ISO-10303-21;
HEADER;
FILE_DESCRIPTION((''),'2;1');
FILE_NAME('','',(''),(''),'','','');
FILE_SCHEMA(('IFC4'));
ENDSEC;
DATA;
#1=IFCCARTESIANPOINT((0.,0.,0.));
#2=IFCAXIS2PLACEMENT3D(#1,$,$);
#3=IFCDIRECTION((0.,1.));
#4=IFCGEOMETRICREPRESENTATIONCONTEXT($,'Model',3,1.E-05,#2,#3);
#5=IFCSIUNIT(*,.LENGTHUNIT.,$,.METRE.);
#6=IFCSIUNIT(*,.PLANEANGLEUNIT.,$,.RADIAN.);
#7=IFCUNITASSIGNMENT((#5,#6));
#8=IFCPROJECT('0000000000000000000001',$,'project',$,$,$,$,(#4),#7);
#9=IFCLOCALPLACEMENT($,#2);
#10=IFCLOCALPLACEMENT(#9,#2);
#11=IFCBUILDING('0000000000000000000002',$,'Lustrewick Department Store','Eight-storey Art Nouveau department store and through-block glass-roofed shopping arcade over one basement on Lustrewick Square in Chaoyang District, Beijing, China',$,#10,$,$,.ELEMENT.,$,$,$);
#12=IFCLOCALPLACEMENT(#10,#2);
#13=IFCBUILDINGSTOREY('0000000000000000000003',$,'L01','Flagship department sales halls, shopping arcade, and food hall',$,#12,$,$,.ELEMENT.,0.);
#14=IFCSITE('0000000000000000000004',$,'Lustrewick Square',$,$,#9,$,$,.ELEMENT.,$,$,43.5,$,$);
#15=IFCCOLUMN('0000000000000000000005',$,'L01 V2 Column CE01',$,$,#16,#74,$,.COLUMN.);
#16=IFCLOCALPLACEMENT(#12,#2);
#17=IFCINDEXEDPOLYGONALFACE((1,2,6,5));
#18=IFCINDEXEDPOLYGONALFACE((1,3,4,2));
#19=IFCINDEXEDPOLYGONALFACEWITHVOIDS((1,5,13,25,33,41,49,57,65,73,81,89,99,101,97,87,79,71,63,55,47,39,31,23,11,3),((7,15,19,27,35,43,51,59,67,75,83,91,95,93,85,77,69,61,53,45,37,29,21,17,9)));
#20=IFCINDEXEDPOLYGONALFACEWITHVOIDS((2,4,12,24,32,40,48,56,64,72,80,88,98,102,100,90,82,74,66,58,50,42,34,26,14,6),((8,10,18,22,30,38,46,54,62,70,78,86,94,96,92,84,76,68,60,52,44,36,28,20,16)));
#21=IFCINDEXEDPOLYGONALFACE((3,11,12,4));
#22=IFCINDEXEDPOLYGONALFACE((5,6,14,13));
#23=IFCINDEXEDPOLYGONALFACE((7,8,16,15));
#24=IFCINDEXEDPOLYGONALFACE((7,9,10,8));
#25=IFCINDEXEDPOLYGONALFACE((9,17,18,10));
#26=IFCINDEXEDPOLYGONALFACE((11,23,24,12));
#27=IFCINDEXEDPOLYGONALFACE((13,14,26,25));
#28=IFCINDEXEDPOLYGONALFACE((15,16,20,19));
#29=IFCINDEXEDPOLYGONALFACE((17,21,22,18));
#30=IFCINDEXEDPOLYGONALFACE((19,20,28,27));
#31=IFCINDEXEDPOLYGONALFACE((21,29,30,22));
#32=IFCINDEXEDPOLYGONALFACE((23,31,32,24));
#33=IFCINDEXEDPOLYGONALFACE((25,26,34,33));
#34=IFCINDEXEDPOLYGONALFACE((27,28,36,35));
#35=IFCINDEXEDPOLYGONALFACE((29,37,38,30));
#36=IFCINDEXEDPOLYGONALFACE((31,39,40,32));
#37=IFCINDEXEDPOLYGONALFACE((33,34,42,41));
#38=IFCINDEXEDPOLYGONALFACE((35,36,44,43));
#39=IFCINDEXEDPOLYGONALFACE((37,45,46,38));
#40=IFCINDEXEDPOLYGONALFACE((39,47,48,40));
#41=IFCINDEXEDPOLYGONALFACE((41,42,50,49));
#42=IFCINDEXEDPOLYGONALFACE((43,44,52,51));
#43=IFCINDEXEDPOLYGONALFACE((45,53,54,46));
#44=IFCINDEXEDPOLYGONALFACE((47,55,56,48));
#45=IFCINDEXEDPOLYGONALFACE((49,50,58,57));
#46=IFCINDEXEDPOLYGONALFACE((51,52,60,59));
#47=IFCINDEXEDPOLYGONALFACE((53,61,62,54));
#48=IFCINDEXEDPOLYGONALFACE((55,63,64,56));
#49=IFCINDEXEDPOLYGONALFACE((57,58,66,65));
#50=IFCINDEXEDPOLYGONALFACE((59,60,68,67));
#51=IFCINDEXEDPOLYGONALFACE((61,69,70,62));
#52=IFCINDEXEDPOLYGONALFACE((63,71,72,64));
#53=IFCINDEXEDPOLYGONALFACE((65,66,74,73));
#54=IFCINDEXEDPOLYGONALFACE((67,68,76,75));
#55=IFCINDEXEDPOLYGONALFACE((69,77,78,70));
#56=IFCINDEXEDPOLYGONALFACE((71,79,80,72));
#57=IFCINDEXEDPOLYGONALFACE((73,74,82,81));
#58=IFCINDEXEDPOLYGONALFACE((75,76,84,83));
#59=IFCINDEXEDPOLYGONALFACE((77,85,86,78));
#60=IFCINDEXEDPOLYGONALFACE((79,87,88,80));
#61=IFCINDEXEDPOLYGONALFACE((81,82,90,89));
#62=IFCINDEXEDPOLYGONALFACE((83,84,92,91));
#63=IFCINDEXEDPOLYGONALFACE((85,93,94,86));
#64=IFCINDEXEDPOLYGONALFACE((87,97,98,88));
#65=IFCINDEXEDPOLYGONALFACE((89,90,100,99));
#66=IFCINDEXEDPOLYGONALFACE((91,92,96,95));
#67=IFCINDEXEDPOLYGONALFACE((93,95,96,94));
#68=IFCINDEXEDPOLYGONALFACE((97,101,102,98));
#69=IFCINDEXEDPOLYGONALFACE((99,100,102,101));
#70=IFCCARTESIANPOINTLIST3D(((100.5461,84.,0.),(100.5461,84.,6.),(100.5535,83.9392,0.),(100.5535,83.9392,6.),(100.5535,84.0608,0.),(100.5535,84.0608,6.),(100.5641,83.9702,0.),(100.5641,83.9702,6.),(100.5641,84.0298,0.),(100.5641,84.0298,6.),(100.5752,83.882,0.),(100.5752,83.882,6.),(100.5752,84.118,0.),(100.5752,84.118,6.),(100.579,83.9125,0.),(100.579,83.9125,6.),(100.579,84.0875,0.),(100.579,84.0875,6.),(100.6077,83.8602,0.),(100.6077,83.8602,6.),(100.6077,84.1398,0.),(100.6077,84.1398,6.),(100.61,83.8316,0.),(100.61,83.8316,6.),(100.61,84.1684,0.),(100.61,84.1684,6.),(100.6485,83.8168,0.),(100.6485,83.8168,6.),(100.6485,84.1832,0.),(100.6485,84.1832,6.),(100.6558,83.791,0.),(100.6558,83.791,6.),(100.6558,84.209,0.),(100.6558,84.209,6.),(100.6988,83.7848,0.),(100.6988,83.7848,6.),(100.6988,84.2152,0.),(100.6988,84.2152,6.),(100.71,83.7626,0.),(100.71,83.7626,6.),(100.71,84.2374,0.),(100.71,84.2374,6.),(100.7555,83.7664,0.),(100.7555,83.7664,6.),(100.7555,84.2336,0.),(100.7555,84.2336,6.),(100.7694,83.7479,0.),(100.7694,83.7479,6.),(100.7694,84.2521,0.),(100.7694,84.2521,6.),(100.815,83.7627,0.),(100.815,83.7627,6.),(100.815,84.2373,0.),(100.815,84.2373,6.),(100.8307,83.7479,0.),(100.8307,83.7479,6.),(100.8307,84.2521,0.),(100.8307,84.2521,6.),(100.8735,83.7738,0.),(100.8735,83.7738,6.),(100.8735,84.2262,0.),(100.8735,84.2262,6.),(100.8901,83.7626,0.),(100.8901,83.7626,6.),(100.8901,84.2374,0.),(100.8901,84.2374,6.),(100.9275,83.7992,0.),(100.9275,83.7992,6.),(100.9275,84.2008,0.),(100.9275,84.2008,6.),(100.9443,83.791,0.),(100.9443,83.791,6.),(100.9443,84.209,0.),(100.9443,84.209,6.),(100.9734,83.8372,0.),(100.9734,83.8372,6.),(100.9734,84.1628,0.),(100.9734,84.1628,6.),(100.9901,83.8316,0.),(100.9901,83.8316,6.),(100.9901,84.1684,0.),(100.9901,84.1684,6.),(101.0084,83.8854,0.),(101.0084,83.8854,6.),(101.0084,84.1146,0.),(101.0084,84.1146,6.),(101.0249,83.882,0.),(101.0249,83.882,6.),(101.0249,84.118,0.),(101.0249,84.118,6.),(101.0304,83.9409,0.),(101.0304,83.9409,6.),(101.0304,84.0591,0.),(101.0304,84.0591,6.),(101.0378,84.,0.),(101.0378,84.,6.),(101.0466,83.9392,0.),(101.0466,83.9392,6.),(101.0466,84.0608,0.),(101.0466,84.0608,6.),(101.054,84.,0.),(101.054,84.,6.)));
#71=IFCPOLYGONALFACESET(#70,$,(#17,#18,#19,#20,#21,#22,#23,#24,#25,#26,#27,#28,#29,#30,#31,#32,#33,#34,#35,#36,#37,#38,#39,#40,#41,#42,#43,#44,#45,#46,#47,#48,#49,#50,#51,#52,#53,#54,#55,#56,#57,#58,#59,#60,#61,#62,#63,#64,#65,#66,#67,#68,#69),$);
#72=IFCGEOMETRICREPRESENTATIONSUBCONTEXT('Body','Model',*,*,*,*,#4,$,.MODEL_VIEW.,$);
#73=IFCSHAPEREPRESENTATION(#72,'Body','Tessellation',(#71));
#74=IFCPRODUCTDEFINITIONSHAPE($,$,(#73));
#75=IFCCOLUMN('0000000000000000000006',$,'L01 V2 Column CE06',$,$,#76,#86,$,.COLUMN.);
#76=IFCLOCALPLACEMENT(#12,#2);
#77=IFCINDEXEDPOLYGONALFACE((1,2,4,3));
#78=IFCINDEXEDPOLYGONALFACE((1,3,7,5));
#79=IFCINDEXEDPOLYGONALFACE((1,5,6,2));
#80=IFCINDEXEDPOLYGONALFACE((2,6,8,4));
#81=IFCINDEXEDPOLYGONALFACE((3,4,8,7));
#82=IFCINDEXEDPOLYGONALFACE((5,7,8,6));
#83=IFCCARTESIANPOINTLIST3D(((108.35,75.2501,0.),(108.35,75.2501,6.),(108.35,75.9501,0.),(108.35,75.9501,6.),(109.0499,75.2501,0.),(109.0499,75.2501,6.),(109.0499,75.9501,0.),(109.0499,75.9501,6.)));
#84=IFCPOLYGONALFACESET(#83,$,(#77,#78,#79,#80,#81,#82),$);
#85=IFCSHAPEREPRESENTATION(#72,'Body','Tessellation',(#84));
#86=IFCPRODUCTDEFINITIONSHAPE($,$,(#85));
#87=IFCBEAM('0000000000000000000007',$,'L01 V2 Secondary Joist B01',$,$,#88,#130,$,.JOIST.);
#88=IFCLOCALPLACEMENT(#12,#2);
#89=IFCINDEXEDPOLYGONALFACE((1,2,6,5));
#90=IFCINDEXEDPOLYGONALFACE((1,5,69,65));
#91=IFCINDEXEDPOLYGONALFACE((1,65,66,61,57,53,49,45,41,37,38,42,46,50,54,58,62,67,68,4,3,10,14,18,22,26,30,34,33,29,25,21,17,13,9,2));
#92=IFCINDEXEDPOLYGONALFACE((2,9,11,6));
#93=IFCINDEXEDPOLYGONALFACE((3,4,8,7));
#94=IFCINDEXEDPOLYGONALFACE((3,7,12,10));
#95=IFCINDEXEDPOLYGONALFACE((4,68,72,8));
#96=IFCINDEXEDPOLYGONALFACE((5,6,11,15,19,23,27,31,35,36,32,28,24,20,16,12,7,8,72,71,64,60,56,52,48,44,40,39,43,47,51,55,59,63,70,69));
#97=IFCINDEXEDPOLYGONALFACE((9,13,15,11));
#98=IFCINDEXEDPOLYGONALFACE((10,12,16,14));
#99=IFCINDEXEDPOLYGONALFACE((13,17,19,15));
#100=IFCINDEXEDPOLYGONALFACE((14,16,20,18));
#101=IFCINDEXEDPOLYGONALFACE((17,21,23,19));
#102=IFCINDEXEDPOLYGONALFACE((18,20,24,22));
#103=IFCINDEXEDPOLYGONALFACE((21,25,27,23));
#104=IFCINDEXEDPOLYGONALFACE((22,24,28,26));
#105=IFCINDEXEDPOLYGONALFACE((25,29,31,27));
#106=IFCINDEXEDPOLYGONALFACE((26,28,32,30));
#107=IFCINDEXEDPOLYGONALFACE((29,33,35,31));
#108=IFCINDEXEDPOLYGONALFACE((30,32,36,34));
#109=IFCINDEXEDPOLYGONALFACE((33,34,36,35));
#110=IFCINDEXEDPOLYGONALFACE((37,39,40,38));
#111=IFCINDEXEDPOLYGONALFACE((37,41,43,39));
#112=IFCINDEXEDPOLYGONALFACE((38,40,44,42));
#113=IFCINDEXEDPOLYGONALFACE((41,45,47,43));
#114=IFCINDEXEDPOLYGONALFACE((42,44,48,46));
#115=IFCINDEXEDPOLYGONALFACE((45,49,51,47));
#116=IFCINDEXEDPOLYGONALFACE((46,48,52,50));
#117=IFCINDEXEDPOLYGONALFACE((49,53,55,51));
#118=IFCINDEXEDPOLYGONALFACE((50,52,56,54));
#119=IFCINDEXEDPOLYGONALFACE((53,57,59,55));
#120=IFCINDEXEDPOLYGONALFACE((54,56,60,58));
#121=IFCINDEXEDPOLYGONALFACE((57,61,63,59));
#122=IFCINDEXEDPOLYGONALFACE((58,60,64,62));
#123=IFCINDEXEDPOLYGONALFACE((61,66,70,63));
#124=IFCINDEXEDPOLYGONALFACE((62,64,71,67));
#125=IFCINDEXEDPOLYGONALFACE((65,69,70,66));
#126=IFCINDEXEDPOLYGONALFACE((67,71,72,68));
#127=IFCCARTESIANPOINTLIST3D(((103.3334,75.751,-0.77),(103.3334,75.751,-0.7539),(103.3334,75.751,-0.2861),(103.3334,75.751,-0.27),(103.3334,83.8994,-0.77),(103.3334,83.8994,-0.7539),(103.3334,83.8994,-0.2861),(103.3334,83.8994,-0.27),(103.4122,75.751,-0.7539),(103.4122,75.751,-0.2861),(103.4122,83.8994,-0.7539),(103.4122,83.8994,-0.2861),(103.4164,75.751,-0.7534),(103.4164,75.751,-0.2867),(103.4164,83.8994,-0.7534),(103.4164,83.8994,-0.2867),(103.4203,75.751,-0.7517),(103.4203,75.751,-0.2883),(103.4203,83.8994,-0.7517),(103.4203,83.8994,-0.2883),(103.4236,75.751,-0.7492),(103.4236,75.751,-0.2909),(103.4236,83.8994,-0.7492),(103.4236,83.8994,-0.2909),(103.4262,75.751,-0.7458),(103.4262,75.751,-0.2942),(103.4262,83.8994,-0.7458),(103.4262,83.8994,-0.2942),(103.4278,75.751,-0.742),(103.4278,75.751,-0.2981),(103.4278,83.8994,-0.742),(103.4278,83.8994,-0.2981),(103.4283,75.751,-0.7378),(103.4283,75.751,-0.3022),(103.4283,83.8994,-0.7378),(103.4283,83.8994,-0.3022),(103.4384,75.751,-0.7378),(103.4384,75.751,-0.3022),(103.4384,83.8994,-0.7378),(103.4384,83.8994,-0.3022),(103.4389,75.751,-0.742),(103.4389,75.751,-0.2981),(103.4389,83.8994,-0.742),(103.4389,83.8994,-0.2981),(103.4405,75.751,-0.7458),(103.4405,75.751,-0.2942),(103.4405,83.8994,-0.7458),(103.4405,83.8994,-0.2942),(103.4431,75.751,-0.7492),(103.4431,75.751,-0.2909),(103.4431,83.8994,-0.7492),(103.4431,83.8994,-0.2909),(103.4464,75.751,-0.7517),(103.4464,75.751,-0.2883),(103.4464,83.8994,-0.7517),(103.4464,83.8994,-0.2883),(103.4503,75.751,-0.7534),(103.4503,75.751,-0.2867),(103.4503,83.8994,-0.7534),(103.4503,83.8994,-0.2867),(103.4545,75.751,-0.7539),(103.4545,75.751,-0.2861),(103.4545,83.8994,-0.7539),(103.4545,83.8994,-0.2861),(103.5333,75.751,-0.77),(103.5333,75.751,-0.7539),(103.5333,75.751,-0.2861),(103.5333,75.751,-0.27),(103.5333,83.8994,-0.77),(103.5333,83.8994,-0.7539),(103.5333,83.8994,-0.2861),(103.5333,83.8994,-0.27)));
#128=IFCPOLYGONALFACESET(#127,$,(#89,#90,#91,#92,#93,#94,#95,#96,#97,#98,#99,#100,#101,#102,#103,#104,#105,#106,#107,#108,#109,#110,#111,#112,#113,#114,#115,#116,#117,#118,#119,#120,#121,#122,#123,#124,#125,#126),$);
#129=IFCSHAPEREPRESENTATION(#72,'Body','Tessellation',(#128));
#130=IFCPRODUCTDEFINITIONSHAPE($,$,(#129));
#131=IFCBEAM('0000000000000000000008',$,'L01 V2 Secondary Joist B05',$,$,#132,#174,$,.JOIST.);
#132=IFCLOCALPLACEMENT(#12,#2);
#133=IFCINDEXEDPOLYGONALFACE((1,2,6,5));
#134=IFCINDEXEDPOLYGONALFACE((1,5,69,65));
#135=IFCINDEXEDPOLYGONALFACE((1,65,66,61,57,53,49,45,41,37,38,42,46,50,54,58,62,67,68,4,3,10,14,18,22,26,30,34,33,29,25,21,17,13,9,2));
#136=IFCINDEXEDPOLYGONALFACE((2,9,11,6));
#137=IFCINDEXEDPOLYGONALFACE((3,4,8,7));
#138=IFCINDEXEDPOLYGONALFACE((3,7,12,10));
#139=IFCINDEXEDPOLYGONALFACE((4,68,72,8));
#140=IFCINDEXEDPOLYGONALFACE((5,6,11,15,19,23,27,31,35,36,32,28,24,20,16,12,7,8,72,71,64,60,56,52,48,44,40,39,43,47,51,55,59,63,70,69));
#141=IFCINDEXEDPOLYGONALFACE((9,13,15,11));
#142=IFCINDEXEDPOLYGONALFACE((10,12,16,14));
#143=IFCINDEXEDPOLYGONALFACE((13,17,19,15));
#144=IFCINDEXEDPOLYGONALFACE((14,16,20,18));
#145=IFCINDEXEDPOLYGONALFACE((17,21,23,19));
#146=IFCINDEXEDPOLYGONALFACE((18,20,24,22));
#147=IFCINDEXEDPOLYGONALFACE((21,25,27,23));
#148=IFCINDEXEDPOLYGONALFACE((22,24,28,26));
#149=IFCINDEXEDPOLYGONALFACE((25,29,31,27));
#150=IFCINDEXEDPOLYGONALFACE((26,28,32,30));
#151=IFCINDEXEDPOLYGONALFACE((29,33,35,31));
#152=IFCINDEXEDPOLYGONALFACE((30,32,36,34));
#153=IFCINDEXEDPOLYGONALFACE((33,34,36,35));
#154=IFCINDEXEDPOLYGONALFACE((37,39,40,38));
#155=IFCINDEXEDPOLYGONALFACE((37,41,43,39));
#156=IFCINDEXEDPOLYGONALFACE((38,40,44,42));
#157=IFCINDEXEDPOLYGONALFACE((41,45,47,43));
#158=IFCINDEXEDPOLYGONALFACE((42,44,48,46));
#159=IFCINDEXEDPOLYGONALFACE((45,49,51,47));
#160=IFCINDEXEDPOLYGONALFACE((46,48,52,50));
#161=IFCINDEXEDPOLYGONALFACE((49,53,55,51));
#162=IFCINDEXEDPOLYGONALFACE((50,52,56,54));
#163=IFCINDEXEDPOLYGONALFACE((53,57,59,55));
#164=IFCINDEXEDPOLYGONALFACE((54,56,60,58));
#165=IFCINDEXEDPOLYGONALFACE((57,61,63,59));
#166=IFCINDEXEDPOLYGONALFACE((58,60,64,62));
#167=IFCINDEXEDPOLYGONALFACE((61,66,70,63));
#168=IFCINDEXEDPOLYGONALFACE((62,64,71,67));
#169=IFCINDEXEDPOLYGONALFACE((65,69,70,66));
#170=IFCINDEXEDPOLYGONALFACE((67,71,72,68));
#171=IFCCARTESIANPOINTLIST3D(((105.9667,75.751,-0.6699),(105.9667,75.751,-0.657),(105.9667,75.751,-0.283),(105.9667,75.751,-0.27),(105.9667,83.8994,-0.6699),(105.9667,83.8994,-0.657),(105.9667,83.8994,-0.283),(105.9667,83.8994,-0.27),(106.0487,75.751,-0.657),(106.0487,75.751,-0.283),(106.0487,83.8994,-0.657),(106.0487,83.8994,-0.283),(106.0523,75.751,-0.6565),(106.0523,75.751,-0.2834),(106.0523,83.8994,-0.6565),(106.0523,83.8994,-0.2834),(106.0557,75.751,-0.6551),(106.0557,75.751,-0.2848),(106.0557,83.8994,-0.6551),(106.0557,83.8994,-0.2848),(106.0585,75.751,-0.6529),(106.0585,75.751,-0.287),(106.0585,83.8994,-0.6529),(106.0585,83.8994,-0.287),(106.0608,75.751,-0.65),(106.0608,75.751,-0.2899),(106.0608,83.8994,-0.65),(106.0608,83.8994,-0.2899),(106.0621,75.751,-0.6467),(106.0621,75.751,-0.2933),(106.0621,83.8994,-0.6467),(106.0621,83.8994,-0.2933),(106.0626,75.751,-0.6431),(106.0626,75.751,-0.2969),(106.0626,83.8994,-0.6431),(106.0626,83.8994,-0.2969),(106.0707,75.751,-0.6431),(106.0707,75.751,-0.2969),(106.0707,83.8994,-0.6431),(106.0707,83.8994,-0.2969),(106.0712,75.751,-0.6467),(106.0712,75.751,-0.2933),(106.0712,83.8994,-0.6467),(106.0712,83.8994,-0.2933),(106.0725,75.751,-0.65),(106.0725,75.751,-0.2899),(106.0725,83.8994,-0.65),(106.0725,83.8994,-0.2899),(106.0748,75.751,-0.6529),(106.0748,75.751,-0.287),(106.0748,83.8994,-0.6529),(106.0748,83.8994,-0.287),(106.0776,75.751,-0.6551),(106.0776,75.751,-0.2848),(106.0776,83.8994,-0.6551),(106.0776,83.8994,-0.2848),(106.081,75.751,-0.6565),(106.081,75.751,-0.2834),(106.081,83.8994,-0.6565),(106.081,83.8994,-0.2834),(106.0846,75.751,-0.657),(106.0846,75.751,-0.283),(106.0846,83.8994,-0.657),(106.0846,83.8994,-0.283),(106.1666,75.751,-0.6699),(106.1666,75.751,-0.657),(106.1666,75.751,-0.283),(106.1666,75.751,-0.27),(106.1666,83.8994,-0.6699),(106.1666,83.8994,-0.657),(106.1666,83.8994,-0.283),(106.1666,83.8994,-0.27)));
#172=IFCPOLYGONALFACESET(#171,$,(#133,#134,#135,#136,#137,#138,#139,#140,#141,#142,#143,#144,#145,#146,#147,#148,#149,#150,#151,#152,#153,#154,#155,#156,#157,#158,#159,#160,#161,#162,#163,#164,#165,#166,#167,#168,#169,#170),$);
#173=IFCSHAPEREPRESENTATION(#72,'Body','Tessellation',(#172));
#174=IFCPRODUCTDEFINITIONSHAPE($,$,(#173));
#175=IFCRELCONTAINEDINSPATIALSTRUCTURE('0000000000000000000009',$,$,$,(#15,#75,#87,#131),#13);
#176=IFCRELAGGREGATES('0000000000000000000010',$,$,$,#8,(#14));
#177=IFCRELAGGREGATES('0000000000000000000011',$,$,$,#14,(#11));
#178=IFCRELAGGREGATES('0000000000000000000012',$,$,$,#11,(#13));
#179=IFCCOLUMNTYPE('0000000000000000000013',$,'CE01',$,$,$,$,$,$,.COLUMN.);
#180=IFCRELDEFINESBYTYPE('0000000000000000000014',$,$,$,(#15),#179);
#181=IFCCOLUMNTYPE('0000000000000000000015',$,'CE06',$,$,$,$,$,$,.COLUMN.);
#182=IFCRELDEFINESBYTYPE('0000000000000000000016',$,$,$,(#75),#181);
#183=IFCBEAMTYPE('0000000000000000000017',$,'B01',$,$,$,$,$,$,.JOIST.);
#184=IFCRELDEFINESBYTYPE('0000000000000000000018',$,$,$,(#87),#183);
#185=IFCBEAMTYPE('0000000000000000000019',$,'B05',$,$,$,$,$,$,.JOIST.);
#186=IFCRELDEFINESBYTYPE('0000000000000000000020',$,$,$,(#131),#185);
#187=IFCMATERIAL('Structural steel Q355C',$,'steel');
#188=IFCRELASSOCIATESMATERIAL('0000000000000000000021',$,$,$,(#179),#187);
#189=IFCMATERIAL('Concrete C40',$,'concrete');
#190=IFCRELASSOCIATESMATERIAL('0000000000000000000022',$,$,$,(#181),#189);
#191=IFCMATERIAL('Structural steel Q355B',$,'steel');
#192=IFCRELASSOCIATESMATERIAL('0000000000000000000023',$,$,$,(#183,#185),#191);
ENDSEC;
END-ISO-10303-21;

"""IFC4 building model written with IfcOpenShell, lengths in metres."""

from ifc_helpers import new_model, si_unit, direction, frame, origin, origin_2d, place, context, subcontext, project, spatial, rectangle, hollow_circle, i_section, extrude, material, material_profile, profile_set, type_object, element, save


model = new_model("IFC4")

# Units and contexts
model_context = context("Model", 3, precision=1e-05, world=origin(), true_north=direction((0.0, 1.0)))
body_context = subcontext(model_context, "Body", "Model", "MODEL_VIEW")
ifc_project = project(units=[si_unit("LENGTHUNIT", "METRE"), si_unit("PLANEANGLEUNIT", "RADIAN")], contexts=[model_context])

# Site, building, storey
site_placement = place(None, origin())
site = spatial("IfcSite", under=ifc_project, at=site_placement, Name="Lustrewick Square", CompositionType="ELEMENT", RefElevation=43.5)
building_placement = place(site_placement, origin())
building = spatial("IfcBuilding", under=site, at=building_placement, Name="Lustrewick Department Store", Description="Eight-storey Art Nouveau department store and through-block glass-roofed shopping arcade over one basement on Lustrewick Square in Chaoyang District, Beijing, China", CompositionType="ELEMENT")
storey_placement = place(building_placement, origin())
storey = spatial("IfcBuildingStorey", under=building, at=storey_placement, Name="L01", Description="Flagship department sales halls, shopping arcade, and food hall", CompositionType="ELEMENT", Elevation=0.0)

# Columns
ifc_material_1 = material(Name="Structural steel Q355C", Category="steel")
ifc_material_profile_1 = material_profile(ifc_material_1, hollow_circle(Radius=0.2539, WallThickness=0.0161, at=origin_2d()), Name="CHS 508x16")
ifc_profile_set_1 = profile_set([ifc_material_profile_1], Name="Structural steel Q355C")
column_type_1 = type_object("IfcColumnType", Name="CE01", PredefinedType="COLUMN", material=ifc_profile_set_1)
column_1_placement = place(storey_placement, frame((100.8, 84.0, 0.0), z_axis=(0.0, 0.0, 1.0), x_axis=(1.0, 0.0, 0.0)))
element("IfcColumn", 1, at=column_1_placement, inside=storey, type_object=column_type_1, Name="L01 V2 Column CE01", PredefinedType="COLUMN", context=body_context, shape_type="SweptSolid", body=[
    extrude(hollow_circle(Radius=0.2539, WallThickness=0.0161, at=origin_2d()), origin(), (0.0, 0.0, 1.0), 6.0),
])
ifc_material_2 = material(Name="Concrete C40", Category="concrete")
ifc_material_profile_2 = material_profile(ifc_material_2, rectangle(XDim=0.7, YDim=0.7, at=origin_2d()), Name="RC 700x700")
ifc_profile_set_2 = profile_set([ifc_material_profile_2], Name="Concrete C40")
column_type_2 = type_object("IfcColumnType", Name="CE06", PredefinedType="COLUMN", material=ifc_profile_set_2)
column_2_placement = place(storey_placement, frame((108.7, 75.6001, 0.0), z_axis=(0.0, 0.0, 1.0), x_axis=(1.0, 0.0, 0.0)))
element("IfcColumn", 2, at=column_2_placement, inside=storey, type_object=column_type_2, Name="L01 V2 Column CE06", PredefinedType="COLUMN", context=body_context, shape_type="SweptSolid", body=[
    extrude(rectangle(XDim=0.7, YDim=0.7, at=origin_2d()), origin(), (0.0, 0.0, 1.0), 6.0),
])

# Beams
ifc_material_3 = material(Name="Structural steel Q355B", Category="steel")
ifc_material_profile_3 = material_profile(ifc_material_3, i_section(OverallWidth=0.2, OverallDepth=0.5, WebThickness=0.01, FlangeThickness=0.0161, FilletRadius=0.0161, at=origin_2d()), Name="HN 500x200x10x16")
ifc_profile_set_3 = profile_set([ifc_material_profile_3], Name="Structural steel Q355B")
beam_type_1 = type_object("IfcBeamType", Name="B01", PredefinedType="JOIST", material=ifc_profile_set_3)
beam_1_placement = place(storey_placement, frame((103.4333, 75.751, -0.52), z_axis=(0.0, 1.0, 0.0), x_axis=(-1.0, 0.0, 0.0)))
element("IfcBeam", 3, at=beam_1_placement, inside=storey, type_object=beam_type_1, Name="L01 V2 Secondary Joist B01", PredefinedType="JOIST", context=body_context, shape_type="SweptSolid", body=[
    extrude(i_section(OverallWidth=0.2, OverallDepth=0.5, WebThickness=0.01, FlangeThickness=0.0161, FilletRadius=0.0161, at=origin_2d()), origin(), (0.0, 0.0, 1.0), 8.1484),
])
ifc_material_profile_4 = material_profile(ifc_material_3, i_section(OverallWidth=0.2, OverallDepth=0.3999, WebThickness=0.0081, FlangeThickness=0.0129, FilletRadius=0.0139, at=origin_2d()), Name="HN 400x200x8x13")
ifc_profile_set_4 = profile_set([ifc_material_profile_4], Name="Structural steel Q355B")
beam_type_2 = type_object("IfcBeamType", Name="B05", PredefinedType="JOIST", material=ifc_profile_set_4)
beam_2_placement = place(storey_placement, frame((106.0667, 75.751, -0.47), z_axis=(0.0, 1.0, 0.0), x_axis=(-1.0, 0.0, 0.0)))
element("IfcBeam", 4, at=beam_2_placement, inside=storey, type_object=beam_type_2, Name="L01 V2 Secondary Joist B05", PredefinedType="JOIST", context=body_context, shape_type="SweptSolid", body=[
    extrude(i_section(OverallWidth=0.2, OverallDepth=0.3999, WebThickness=0.0081, FlangeThickness=0.0129, FilletRadius=0.0139, at=origin_2d()), origin(), (0.0, 0.0, 1.0), 8.1484),
])

save(model, "model.ifc")
